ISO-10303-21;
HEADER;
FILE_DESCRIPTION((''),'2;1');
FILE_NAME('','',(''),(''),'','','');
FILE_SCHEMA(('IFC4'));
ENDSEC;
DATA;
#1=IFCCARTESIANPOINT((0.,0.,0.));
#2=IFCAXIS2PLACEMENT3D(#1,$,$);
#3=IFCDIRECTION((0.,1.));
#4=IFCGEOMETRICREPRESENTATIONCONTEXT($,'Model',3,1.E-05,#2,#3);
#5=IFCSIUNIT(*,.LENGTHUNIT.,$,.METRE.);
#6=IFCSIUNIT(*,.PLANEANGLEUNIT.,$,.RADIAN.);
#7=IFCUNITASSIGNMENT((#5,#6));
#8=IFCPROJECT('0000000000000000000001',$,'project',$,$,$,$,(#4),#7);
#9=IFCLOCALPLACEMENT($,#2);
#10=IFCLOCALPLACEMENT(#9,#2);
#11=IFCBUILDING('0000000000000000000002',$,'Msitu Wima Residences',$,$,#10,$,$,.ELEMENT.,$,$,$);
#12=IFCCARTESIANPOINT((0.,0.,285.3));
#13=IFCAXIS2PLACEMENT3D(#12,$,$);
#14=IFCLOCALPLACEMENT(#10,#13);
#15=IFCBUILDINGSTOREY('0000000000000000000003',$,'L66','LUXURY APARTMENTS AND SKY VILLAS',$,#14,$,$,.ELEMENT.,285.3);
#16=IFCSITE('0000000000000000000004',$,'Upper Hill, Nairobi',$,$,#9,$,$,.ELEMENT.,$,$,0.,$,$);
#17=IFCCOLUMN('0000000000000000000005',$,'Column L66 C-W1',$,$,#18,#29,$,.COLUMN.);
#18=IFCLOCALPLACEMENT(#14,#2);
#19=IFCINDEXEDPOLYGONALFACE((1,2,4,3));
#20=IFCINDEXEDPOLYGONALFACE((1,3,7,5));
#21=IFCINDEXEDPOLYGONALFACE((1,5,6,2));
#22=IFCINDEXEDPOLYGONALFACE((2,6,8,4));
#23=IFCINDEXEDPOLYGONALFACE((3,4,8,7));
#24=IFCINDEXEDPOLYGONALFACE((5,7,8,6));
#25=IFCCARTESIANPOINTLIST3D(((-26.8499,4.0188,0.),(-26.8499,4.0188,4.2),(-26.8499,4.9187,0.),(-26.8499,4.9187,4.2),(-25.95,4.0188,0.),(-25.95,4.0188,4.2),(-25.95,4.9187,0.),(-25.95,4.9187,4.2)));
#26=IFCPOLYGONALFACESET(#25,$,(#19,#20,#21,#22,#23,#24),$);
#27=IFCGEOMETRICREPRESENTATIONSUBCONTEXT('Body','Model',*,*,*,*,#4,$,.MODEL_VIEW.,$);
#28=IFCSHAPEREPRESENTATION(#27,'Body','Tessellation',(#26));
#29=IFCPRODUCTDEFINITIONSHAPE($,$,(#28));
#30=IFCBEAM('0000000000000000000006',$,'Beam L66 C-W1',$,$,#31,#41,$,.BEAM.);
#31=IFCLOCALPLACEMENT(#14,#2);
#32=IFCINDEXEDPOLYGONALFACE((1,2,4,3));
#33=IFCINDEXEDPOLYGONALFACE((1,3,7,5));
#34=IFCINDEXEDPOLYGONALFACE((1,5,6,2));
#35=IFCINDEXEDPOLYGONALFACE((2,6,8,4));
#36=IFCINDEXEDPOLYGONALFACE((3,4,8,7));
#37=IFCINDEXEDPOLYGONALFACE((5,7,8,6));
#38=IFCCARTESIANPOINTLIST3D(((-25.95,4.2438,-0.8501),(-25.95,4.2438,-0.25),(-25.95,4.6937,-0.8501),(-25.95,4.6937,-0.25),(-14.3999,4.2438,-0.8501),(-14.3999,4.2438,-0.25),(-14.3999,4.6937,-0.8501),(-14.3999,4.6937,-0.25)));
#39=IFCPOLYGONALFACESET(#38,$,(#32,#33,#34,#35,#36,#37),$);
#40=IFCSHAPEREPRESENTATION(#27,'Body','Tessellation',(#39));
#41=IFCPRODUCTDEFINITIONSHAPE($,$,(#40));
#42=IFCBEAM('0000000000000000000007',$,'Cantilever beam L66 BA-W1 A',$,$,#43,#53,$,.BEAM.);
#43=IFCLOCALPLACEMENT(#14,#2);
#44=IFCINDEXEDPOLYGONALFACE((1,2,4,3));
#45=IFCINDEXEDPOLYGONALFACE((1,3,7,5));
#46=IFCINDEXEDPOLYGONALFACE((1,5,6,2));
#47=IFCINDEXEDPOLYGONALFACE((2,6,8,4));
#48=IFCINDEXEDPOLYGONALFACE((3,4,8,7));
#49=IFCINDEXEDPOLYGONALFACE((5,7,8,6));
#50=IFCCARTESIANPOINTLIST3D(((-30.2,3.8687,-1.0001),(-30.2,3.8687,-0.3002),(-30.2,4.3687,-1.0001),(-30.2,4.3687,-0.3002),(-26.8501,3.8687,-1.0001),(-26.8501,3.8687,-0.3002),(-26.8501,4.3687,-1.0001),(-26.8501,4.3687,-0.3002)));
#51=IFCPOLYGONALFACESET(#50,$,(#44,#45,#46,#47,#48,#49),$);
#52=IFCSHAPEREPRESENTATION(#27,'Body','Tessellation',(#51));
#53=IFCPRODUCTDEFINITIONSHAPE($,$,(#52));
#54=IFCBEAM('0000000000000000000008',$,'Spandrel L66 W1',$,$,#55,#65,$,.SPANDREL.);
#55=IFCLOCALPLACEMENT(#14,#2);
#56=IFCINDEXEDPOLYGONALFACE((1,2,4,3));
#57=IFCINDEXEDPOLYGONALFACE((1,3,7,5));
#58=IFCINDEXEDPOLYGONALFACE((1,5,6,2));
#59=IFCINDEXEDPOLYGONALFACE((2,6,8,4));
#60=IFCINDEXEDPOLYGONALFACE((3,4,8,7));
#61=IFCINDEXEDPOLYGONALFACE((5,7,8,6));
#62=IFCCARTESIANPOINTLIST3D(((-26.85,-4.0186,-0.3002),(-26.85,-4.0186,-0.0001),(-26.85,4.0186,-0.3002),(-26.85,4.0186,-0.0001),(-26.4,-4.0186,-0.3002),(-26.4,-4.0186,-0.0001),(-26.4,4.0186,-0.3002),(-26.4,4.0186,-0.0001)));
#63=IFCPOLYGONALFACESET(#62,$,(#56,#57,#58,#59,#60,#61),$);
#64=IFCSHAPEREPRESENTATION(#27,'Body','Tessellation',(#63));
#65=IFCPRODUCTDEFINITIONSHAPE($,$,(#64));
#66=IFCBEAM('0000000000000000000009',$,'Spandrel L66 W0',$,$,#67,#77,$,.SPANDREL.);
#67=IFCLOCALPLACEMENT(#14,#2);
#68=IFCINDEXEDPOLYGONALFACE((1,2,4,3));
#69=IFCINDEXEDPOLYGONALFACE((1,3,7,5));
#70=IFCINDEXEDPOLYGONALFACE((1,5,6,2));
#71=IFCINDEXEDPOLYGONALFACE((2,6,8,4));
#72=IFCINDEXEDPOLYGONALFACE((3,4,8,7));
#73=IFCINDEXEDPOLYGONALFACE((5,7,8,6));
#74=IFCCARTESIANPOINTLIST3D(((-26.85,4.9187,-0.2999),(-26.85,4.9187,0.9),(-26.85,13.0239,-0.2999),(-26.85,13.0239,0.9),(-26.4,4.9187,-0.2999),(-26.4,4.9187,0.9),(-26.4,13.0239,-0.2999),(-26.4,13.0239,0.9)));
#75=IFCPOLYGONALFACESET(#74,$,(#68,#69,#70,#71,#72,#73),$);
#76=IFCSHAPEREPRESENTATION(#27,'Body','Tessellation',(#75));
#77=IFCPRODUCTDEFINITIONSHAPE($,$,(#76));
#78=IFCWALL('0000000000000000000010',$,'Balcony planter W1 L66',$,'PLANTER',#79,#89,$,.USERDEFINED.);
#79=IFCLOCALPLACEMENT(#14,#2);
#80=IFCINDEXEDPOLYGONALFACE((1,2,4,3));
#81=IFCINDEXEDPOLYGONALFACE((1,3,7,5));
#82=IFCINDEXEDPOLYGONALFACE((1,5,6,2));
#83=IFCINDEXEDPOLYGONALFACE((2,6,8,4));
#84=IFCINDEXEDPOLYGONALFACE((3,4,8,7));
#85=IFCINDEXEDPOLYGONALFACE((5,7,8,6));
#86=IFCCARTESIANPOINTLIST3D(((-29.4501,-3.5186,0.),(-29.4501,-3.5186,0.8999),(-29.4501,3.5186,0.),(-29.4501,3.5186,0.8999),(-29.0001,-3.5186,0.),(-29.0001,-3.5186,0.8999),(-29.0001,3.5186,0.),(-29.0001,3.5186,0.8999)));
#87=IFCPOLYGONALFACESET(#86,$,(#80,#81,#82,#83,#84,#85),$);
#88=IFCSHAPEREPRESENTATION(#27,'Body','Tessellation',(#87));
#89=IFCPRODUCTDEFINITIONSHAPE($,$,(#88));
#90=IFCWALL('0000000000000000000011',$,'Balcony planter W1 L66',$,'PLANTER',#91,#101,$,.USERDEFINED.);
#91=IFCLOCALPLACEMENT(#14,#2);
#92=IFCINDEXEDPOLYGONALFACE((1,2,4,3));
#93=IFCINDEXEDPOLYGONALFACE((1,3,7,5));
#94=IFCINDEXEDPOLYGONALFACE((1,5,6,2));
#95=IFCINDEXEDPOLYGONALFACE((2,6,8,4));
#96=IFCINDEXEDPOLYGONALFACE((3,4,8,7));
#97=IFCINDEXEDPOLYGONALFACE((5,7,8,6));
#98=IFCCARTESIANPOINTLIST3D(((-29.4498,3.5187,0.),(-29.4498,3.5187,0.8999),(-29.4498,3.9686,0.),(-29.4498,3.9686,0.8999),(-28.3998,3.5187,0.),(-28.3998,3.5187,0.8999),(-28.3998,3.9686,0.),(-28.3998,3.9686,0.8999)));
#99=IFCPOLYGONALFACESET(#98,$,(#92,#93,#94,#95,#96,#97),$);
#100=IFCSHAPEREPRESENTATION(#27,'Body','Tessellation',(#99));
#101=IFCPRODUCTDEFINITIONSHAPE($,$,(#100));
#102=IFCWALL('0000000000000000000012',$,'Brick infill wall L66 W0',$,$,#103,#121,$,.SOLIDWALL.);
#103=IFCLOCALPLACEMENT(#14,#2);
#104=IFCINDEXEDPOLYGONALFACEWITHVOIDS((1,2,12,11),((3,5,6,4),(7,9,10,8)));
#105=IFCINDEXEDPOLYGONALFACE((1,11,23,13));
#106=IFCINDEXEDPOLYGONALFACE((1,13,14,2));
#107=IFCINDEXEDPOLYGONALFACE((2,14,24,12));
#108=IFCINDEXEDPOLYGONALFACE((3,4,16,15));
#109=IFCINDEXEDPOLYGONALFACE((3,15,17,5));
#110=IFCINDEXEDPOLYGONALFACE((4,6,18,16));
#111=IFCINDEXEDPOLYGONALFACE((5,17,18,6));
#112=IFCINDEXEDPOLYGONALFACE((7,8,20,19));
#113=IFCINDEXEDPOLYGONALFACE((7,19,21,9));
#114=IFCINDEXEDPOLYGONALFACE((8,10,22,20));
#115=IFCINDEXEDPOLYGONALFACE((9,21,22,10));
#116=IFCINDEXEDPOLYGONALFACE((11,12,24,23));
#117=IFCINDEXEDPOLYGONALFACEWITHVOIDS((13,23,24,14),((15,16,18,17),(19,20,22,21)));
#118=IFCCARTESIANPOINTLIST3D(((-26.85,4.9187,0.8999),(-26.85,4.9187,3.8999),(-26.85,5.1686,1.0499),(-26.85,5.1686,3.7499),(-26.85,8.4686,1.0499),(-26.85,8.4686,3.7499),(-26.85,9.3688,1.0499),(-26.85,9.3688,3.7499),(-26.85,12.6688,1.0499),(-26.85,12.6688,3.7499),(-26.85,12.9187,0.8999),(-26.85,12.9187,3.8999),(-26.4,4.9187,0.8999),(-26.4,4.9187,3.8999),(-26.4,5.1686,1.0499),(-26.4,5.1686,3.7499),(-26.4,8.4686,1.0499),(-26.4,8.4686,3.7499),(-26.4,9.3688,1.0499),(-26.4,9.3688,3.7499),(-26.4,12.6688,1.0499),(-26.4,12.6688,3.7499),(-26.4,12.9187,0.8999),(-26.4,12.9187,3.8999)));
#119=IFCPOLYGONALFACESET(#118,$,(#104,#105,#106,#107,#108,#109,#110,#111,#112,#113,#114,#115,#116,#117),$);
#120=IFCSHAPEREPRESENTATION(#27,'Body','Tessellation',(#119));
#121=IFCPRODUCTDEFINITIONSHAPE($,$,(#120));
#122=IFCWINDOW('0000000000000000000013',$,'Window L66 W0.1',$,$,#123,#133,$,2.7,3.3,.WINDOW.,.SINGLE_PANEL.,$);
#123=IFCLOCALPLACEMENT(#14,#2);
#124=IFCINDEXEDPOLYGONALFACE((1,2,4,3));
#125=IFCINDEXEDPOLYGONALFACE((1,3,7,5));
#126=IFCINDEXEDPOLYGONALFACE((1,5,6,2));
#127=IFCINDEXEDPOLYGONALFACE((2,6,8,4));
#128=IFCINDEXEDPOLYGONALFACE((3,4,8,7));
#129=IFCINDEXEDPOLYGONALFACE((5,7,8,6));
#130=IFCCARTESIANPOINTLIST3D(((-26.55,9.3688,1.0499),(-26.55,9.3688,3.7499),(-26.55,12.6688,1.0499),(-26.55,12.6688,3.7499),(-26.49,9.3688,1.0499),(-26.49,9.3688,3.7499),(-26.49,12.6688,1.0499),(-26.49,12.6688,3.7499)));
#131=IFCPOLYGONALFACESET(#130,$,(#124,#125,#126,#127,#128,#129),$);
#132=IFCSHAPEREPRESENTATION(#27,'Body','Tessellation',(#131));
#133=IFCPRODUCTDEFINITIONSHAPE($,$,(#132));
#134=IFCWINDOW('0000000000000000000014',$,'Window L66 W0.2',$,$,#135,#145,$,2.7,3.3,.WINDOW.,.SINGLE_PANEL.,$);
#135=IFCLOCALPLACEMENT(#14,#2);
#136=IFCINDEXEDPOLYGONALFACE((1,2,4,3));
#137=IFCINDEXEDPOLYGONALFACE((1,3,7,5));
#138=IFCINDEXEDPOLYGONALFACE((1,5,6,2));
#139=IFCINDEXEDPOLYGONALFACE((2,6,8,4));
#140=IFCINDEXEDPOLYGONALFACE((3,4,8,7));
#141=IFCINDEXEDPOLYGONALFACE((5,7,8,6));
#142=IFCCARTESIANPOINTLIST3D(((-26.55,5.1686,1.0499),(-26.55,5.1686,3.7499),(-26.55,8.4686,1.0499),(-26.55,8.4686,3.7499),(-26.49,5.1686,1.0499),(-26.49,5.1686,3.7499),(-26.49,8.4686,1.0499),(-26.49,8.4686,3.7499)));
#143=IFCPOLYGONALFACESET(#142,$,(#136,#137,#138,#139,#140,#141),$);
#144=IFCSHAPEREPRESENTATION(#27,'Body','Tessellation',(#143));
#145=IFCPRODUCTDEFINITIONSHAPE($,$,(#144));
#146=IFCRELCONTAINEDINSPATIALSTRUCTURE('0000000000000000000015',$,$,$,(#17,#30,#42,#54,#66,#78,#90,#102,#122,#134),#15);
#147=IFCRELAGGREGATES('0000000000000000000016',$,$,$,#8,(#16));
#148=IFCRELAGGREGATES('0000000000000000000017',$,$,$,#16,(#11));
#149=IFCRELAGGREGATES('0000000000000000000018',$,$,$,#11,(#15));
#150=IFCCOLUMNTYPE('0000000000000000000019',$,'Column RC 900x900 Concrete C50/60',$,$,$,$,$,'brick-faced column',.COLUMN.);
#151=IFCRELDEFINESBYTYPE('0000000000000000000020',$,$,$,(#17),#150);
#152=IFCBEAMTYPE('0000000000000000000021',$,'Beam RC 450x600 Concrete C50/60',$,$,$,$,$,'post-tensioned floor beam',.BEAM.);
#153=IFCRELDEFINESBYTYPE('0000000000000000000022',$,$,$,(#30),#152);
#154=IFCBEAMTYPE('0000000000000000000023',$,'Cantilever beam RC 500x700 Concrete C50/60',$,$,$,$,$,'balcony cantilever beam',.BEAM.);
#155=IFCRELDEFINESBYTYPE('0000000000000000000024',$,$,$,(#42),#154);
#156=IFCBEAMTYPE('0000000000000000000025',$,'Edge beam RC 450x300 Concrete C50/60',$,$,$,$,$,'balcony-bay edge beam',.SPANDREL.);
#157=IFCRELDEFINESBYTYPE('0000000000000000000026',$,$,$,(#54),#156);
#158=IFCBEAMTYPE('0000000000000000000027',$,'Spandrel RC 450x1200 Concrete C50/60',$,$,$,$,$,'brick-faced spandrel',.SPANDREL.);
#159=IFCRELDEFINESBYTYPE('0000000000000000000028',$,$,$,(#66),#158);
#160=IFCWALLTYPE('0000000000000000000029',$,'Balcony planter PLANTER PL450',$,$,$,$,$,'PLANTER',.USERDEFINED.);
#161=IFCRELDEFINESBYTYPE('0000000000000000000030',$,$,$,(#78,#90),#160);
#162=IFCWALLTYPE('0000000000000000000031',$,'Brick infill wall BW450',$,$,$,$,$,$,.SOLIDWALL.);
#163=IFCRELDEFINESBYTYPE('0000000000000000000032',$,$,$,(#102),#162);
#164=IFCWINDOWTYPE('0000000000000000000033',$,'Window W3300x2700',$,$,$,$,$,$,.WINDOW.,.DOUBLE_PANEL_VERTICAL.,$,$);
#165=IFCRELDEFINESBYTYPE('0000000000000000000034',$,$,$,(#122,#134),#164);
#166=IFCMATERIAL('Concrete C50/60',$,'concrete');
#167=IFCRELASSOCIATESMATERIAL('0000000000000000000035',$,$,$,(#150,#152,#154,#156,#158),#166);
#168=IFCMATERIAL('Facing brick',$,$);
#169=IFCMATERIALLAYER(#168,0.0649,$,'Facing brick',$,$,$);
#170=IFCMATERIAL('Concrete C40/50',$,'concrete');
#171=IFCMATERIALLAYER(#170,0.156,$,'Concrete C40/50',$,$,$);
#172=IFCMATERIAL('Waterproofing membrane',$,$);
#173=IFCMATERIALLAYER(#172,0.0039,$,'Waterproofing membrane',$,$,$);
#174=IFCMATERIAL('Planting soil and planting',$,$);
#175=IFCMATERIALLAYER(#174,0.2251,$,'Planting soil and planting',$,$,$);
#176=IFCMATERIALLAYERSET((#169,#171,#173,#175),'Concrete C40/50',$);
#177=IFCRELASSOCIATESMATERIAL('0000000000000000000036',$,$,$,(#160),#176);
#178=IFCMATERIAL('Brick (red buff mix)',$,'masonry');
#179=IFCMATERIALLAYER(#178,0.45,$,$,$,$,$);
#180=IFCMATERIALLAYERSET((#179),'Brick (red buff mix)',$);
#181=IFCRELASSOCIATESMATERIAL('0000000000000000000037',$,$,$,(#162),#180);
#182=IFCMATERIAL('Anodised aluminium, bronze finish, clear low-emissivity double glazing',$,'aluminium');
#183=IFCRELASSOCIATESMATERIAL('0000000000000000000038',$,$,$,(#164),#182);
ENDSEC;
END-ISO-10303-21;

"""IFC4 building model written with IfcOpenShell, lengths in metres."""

from ifc_helpers import new_model, si_unit, direction, frame, frame_2d, origin, origin_2d, place, context, subcontext, project, spatial, rectangle, extrude, material, layer, layer_set, material_profile, profile_set, type_object, element, fill, save


model = new_model("IFC4")

# Units and contexts
model_context = context("Model", 3, precision=1e-05, world=origin(), true_north=direction((0.0, 1.0)))
body_context = subcontext(model_context, "Body", "Model", "MODEL_VIEW")
ifc_project = project(units=[si_unit("LENGTHUNIT", "METRE"), si_unit("PLANEANGLEUNIT", "RADIAN")], contexts=[model_context])

# Site, building, storey
site_placement = place(None, origin())
site = spatial("IfcSite", under=ifc_project, at=site_placement, Name="Upper Hill, Nairobi", CompositionType="ELEMENT", RefElevation=0.0)
building_placement = place(site_placement, origin())
building = spatial("IfcBuilding", under=site, at=building_placement, Name="Msitu Wima Residences", CompositionType="ELEMENT")
storey_placement = place(building_placement, frame((0.0, 0.0, 285.3)))
storey = spatial("IfcBuildingStorey", under=building, at=storey_placement, Name="L66", Description="LUXURY APARTMENTS AND SKY VILLAS", CompositionType="ELEMENT", Elevation=285.3)

# Column
ifc_material_1 = material(Name="Concrete C50/60", Category="concrete")
ifc_material_profile_1 = material_profile(ifc_material_1, rectangle(XDim=0.8999, YDim=0.8999, at=origin_2d()), Name="RC 900x900")
ifc_profile_set_1 = profile_set([ifc_material_profile_1], Name="Concrete C50/60")
column_type = type_object("IfcColumnType", Name="Column RC 900x900 Concrete C50/60", ElementType="brick-faced column", PredefinedType="COLUMN", material=ifc_profile_set_1)
column_placement = place(storey_placement, frame((-26.3999, 4.4688, 0.0), z_axis=(0.0, 0.0, 1.0), x_axis=(0.0, -1.0, 0.0)))
element("IfcColumn", 1, at=column_placement, inside=storey, type_object=column_type, Name="Column L66 C-W1", PredefinedType="COLUMN", context=body_context, shape_type="SweptSolid", body=[
    extrude(rectangle(XDim=0.8999, YDim=0.8999, at=origin_2d()), origin(), (0.0, 0.0, 1.0), 4.2),
])

# Beams
ifc_material_profile_2 = material_profile(ifc_material_1, rectangle(XDim=0.45, YDim=0.6001, at=origin_2d()), Name="RC 450x600")
ifc_profile_set_2 = profile_set([ifc_material_profile_2], Name="Concrete C50/60")
beam_type_1 = type_object("IfcBeamType", Name="Beam RC 450x600 Concrete C50/60", ElementType="post-tensioned floor beam", PredefinedType="BEAM", material=ifc_profile_set_2)
beam_1_placement = place(storey_placement, frame((-25.95, 4.4688, -0.55), z_axis=(1.0, 0.0, 0.0), x_axis=(0.0, 1.0, 0.0)))
element("IfcBeam", 2, at=beam_1_placement, inside=storey, type_object=beam_type_1, Name="Beam L66 C-W1", PredefinedType="BEAM", context=body_context, shape_type="SweptSolid", body=[
    extrude(rectangle(XDim=0.45, YDim=0.6001, at=origin_2d()), origin(), (0.0, 0.0, 1.0), 11.55),
])
ifc_material_profile_3 = material_profile(ifc_material_1, rectangle(XDim=0.5, YDim=0.7, at=origin_2d()), Name="RC 500x700")
ifc_profile_set_3 = profile_set([ifc_material_profile_3], Name="Concrete C50/60")
beam_type_2 = type_object("IfcBeamType", Name="Cantilever beam RC 500x700 Concrete C50/60", ElementType="balcony cantilever beam", PredefinedType="BEAM", material=ifc_profile_set_3)
beam_2_placement = place(storey_placement, frame((-26.8501, 4.1187, -0.6501), z_axis=(-1.0, 0.0, 0.0), x_axis=(0.0, -1.0, 0.0)))
element("IfcBeam", 3, at=beam_2_placement, inside=storey, type_object=beam_type_2, Name="Cantilever beam L66 BA-W1 A", PredefinedType="BEAM", context=body_context, shape_type="SweptSolid", body=[
    extrude(rectangle(XDim=0.5, YDim=0.7, at=origin_2d()), origin(), (0.0, 0.0, 1.0), 3.3499),
])
ifc_material_profile_4 = material_profile(ifc_material_1, rectangle(XDim=0.45, YDim=0.3, at=origin_2d()), Name="RC 450x300")
ifc_profile_set_4 = profile_set([ifc_material_profile_4], Name="Concrete C50/60")
beam_type_3 = type_object("IfcBeamType", Name="Edge beam RC 450x300 Concrete C50/60", ElementType="balcony-bay edge beam", PredefinedType="SPANDREL", material=ifc_profile_set_4)
beam_3_placement = place(storey_placement, frame((-26.625, 4.0186, -0.1501), z_axis=(0.0, -1.0, 0.0), x_axis=(1.0, 0.0, 0.0)))
element("IfcBeam", 4, at=beam_3_placement, inside=storey, type_object=beam_type_3, Name="Spandrel L66 W1", PredefinedType="SPANDREL", context=body_context, shape_type="SweptSolid", body=[
    extrude(rectangle(XDim=0.45, YDim=0.3, at=origin_2d()), origin(), (0.0, 0.0, 1.0), 8.0371),
])
ifc_material_profile_5 = material_profile(ifc_material_1, rectangle(XDim=0.45, YDim=1.2, at=origin_2d()), Name="RC 450x1200")
ifc_profile_set_5 = profile_set([ifc_material_profile_5], Name="Concrete C50/60")
beam_type_4 = type_object("IfcBeamType", Name="Spandrel RC 450x1200 Concrete C50/60", ElementType="brick-faced spandrel", PredefinedType="SPANDREL", material=ifc_profile_set_5)
beam_4_placement = place(storey_placement, frame((-26.625, 13.0239, 0.3), z_axis=(0.0, -1.0, 0.0), x_axis=(1.0, 0.0, 0.0)))
element("IfcBeam", 5, at=beam_4_placement, inside=storey, type_object=beam_type_4, Name="Spandrel L66 W0", PredefinedType="SPANDREL", context=body_context, shape_type="SweptSolid", body=[
    extrude(rectangle(XDim=0.45, YDim=1.2, at=origin_2d()), origin(), (0.0, 0.0, 1.0), 8.1052),
])

# Walls
ifc_material_2 = material(Name="Facing brick")
ifc_layer_1 = layer(ifc_material_2, 0.0649, Name="Facing brick")
ifc_material_3 = material(Name="Concrete C40/50", Category="concrete")
ifc_layer_2 = layer(ifc_material_3, 0.156, Name="Concrete C40/50")
ifc_material_4 = material(Name="Waterproofing membrane")
ifc_layer_3 = layer(ifc_material_4, 0.0039, Name="Waterproofing membrane")
ifc_material_5 = material(Name="Planting soil and planting")
ifc_layer_4 = layer(ifc_material_5, 0.2251, Name="Planting soil and planting")
ifc_layer_set_1 = layer_set([ifc_layer_1, ifc_layer_2, ifc_layer_3, ifc_layer_4], Name="Concrete C40/50")
wall_type_1 = type_object("IfcWallType", Name="Balcony planter PLANTER PL450", ElementType="PLANTER", PredefinedType="USERDEFINED", material=ifc_layer_set_1)
wall_1_placement = place(storey_placement, frame((-29.2251, 3.5186, 0.0), z_axis=(0.0, 0.0, 1.0), x_axis=(0.0, -1.0, 0.0)))
element("IfcWall", 6, at=wall_1_placement, inside=storey, type_object=wall_type_1, Name="Balcony planter W1 L66", ObjectType="PLANTER", PredefinedType="USERDEFINED", context=body_context, shape_type="SweptSolid", body=[
    extrude(rectangle(XDim=7.0371, YDim=0.45, at=frame_2d((3.5186, 0.0))), origin(), (0.0, 0.0, 1.0), 0.8999),
])
wall_2_placement = place(storey_placement, frame((-28.3999, 3.7437, 0.0), z_axis=(0.0, 0.0, 1.0), x_axis=(-1.0, 0.0, 0.0)))
element("IfcWall", 7, at=wall_2_placement, inside=storey, type_object=wall_type_1, Name="Balcony planter W1 L66", ObjectType="PLANTER", PredefinedType="USERDEFINED", context=body_context, shape_type="SweptSolid", body=[
    extrude(rectangle(XDim=1.05, YDim=0.45, at=frame_2d((0.5249, 0.0))), origin(), (0.0, 0.0, 1.0), 0.8999),
])

# Wall, openings, windows
ifc_material_6 = material(Name="Brick (red buff mix)", Category="masonry")
ifc_layer_5 = layer(ifc_material_6, 0.45)
ifc_layer_set_2 = layer_set([ifc_layer_5], Name="Brick (red buff mix)")
wall_type_2 = type_object("IfcWallType", Name="Brick infill wall BW450", PredefinedType="SOLIDWALL", material=ifc_layer_set_2)
wall_3_placement = place(storey_placement, frame((-26.625, 12.9187, 0.8999), z_axis=(0.0, 0.0, 1.0), x_axis=(0.0, -1.0, 0.0)))
wall_3 = element("IfcWall", 8, at=wall_3_placement, inside=storey, type_object=wall_type_2, Name="Brick infill wall L66 W0", PredefinedType="SOLIDWALL", context=body_context, shape_type="SweptSolid", body=[
    extrude(rectangle(XDim=8.0, YDim=0.45, at=frame_2d((4.0, 0.0))), origin(), (0.0, 0.0, 1.0), 3.0),
])
opening_1_placement = place(wall_3_placement, frame((0.25, 0.0, 0.1499)))
opening_1 = element("IfcOpeningElement", 9, at=opening_1_placement, cuts=wall_3, PredefinedType="OPENING", context=body_context, shape_type="SweptSolid", body=[
    extrude(rectangle(XDim=3.3, YDim=2.7, at=frame_2d((1.6499, 1.3501))), frame((0.0, 0.2349, 0.0), z_axis=(0.0, -1.0, 0.0), x_axis=(1.0, 0.0, 0.0)), (0.0, 0.0, 1.0), 0.47),
])
opening_2_placement = place(wall_3_placement, frame((4.4502, 0.0, 0.1499)))
opening_2 = element("IfcOpeningElement", 10, at=opening_2_placement, cuts=wall_3, PredefinedType="OPENING", context=body_context, shape_type="SweptSolid", body=[
    extrude(rectangle(XDim=3.3, YDim=2.7, at=frame_2d((1.6499, 1.3501))), frame((0.0, 0.2349, 0.0), z_axis=(0.0, -1.0, 0.0), x_axis=(1.0, 0.0, 0.0)), (0.0, 0.0, 1.0), 0.47),
])
ifc_material_7 = material(Name="Anodised aluminium, bronze finish, clear low-emissivity double glazing", Category="aluminium")
window_type = type_object("IfcWindowType", Name="Window W3300x2700", PartitioningType="DOUBLE_PANEL_VERTICAL", PredefinedType="WINDOW", material=ifc_material_7)
window_1_placement = place(opening_1_placement, origin())
window_1 = element("IfcWindow", 11, at=window_1_placement, inside=storey, type_object=window_type, Name="Window L66 W0.1", OverallHeight=2.7, OverallWidth=3.3, PartitioningType="SINGLE_PANEL", PredefinedType="WINDOW", context=body_context, shape_type="SweptSolid", body=[
    extrude(rectangle(XDim=3.3, YDim=2.7, at=frame_2d((1.6499, 1.3501))), frame((0.0, 0.135, 0.0), z_axis=(0.0, -1.0, 0.0), x_axis=(1.0, 0.0, 0.0)), (0.0, 0.0, 1.0), 0.0601),
])
fill(opening_1, window_1)
window_2_placement = place(opening_2_placement, origin())
window_2 = element("IfcWindow", 12, at=window_2_placement, inside=storey, type_object=window_type, Name="Window L66 W0.2", OverallHeight=2.7, OverallWidth=3.3, PartitioningType="SINGLE_PANEL", PredefinedType="WINDOW", context=body_context, shape_type="SweptSolid", body=[
    extrude(rectangle(XDim=3.3, YDim=2.7, at=frame_2d((1.6499, 1.3501))), frame((0.0, 0.135, 0.0), z_axis=(0.0, -1.0, 0.0), x_axis=(1.0, 0.0, 0.0)), (0.0, 0.0, 1.0), 0.0601),
])
fill(opening_2, window_2)

save(model, "model.ifc")
